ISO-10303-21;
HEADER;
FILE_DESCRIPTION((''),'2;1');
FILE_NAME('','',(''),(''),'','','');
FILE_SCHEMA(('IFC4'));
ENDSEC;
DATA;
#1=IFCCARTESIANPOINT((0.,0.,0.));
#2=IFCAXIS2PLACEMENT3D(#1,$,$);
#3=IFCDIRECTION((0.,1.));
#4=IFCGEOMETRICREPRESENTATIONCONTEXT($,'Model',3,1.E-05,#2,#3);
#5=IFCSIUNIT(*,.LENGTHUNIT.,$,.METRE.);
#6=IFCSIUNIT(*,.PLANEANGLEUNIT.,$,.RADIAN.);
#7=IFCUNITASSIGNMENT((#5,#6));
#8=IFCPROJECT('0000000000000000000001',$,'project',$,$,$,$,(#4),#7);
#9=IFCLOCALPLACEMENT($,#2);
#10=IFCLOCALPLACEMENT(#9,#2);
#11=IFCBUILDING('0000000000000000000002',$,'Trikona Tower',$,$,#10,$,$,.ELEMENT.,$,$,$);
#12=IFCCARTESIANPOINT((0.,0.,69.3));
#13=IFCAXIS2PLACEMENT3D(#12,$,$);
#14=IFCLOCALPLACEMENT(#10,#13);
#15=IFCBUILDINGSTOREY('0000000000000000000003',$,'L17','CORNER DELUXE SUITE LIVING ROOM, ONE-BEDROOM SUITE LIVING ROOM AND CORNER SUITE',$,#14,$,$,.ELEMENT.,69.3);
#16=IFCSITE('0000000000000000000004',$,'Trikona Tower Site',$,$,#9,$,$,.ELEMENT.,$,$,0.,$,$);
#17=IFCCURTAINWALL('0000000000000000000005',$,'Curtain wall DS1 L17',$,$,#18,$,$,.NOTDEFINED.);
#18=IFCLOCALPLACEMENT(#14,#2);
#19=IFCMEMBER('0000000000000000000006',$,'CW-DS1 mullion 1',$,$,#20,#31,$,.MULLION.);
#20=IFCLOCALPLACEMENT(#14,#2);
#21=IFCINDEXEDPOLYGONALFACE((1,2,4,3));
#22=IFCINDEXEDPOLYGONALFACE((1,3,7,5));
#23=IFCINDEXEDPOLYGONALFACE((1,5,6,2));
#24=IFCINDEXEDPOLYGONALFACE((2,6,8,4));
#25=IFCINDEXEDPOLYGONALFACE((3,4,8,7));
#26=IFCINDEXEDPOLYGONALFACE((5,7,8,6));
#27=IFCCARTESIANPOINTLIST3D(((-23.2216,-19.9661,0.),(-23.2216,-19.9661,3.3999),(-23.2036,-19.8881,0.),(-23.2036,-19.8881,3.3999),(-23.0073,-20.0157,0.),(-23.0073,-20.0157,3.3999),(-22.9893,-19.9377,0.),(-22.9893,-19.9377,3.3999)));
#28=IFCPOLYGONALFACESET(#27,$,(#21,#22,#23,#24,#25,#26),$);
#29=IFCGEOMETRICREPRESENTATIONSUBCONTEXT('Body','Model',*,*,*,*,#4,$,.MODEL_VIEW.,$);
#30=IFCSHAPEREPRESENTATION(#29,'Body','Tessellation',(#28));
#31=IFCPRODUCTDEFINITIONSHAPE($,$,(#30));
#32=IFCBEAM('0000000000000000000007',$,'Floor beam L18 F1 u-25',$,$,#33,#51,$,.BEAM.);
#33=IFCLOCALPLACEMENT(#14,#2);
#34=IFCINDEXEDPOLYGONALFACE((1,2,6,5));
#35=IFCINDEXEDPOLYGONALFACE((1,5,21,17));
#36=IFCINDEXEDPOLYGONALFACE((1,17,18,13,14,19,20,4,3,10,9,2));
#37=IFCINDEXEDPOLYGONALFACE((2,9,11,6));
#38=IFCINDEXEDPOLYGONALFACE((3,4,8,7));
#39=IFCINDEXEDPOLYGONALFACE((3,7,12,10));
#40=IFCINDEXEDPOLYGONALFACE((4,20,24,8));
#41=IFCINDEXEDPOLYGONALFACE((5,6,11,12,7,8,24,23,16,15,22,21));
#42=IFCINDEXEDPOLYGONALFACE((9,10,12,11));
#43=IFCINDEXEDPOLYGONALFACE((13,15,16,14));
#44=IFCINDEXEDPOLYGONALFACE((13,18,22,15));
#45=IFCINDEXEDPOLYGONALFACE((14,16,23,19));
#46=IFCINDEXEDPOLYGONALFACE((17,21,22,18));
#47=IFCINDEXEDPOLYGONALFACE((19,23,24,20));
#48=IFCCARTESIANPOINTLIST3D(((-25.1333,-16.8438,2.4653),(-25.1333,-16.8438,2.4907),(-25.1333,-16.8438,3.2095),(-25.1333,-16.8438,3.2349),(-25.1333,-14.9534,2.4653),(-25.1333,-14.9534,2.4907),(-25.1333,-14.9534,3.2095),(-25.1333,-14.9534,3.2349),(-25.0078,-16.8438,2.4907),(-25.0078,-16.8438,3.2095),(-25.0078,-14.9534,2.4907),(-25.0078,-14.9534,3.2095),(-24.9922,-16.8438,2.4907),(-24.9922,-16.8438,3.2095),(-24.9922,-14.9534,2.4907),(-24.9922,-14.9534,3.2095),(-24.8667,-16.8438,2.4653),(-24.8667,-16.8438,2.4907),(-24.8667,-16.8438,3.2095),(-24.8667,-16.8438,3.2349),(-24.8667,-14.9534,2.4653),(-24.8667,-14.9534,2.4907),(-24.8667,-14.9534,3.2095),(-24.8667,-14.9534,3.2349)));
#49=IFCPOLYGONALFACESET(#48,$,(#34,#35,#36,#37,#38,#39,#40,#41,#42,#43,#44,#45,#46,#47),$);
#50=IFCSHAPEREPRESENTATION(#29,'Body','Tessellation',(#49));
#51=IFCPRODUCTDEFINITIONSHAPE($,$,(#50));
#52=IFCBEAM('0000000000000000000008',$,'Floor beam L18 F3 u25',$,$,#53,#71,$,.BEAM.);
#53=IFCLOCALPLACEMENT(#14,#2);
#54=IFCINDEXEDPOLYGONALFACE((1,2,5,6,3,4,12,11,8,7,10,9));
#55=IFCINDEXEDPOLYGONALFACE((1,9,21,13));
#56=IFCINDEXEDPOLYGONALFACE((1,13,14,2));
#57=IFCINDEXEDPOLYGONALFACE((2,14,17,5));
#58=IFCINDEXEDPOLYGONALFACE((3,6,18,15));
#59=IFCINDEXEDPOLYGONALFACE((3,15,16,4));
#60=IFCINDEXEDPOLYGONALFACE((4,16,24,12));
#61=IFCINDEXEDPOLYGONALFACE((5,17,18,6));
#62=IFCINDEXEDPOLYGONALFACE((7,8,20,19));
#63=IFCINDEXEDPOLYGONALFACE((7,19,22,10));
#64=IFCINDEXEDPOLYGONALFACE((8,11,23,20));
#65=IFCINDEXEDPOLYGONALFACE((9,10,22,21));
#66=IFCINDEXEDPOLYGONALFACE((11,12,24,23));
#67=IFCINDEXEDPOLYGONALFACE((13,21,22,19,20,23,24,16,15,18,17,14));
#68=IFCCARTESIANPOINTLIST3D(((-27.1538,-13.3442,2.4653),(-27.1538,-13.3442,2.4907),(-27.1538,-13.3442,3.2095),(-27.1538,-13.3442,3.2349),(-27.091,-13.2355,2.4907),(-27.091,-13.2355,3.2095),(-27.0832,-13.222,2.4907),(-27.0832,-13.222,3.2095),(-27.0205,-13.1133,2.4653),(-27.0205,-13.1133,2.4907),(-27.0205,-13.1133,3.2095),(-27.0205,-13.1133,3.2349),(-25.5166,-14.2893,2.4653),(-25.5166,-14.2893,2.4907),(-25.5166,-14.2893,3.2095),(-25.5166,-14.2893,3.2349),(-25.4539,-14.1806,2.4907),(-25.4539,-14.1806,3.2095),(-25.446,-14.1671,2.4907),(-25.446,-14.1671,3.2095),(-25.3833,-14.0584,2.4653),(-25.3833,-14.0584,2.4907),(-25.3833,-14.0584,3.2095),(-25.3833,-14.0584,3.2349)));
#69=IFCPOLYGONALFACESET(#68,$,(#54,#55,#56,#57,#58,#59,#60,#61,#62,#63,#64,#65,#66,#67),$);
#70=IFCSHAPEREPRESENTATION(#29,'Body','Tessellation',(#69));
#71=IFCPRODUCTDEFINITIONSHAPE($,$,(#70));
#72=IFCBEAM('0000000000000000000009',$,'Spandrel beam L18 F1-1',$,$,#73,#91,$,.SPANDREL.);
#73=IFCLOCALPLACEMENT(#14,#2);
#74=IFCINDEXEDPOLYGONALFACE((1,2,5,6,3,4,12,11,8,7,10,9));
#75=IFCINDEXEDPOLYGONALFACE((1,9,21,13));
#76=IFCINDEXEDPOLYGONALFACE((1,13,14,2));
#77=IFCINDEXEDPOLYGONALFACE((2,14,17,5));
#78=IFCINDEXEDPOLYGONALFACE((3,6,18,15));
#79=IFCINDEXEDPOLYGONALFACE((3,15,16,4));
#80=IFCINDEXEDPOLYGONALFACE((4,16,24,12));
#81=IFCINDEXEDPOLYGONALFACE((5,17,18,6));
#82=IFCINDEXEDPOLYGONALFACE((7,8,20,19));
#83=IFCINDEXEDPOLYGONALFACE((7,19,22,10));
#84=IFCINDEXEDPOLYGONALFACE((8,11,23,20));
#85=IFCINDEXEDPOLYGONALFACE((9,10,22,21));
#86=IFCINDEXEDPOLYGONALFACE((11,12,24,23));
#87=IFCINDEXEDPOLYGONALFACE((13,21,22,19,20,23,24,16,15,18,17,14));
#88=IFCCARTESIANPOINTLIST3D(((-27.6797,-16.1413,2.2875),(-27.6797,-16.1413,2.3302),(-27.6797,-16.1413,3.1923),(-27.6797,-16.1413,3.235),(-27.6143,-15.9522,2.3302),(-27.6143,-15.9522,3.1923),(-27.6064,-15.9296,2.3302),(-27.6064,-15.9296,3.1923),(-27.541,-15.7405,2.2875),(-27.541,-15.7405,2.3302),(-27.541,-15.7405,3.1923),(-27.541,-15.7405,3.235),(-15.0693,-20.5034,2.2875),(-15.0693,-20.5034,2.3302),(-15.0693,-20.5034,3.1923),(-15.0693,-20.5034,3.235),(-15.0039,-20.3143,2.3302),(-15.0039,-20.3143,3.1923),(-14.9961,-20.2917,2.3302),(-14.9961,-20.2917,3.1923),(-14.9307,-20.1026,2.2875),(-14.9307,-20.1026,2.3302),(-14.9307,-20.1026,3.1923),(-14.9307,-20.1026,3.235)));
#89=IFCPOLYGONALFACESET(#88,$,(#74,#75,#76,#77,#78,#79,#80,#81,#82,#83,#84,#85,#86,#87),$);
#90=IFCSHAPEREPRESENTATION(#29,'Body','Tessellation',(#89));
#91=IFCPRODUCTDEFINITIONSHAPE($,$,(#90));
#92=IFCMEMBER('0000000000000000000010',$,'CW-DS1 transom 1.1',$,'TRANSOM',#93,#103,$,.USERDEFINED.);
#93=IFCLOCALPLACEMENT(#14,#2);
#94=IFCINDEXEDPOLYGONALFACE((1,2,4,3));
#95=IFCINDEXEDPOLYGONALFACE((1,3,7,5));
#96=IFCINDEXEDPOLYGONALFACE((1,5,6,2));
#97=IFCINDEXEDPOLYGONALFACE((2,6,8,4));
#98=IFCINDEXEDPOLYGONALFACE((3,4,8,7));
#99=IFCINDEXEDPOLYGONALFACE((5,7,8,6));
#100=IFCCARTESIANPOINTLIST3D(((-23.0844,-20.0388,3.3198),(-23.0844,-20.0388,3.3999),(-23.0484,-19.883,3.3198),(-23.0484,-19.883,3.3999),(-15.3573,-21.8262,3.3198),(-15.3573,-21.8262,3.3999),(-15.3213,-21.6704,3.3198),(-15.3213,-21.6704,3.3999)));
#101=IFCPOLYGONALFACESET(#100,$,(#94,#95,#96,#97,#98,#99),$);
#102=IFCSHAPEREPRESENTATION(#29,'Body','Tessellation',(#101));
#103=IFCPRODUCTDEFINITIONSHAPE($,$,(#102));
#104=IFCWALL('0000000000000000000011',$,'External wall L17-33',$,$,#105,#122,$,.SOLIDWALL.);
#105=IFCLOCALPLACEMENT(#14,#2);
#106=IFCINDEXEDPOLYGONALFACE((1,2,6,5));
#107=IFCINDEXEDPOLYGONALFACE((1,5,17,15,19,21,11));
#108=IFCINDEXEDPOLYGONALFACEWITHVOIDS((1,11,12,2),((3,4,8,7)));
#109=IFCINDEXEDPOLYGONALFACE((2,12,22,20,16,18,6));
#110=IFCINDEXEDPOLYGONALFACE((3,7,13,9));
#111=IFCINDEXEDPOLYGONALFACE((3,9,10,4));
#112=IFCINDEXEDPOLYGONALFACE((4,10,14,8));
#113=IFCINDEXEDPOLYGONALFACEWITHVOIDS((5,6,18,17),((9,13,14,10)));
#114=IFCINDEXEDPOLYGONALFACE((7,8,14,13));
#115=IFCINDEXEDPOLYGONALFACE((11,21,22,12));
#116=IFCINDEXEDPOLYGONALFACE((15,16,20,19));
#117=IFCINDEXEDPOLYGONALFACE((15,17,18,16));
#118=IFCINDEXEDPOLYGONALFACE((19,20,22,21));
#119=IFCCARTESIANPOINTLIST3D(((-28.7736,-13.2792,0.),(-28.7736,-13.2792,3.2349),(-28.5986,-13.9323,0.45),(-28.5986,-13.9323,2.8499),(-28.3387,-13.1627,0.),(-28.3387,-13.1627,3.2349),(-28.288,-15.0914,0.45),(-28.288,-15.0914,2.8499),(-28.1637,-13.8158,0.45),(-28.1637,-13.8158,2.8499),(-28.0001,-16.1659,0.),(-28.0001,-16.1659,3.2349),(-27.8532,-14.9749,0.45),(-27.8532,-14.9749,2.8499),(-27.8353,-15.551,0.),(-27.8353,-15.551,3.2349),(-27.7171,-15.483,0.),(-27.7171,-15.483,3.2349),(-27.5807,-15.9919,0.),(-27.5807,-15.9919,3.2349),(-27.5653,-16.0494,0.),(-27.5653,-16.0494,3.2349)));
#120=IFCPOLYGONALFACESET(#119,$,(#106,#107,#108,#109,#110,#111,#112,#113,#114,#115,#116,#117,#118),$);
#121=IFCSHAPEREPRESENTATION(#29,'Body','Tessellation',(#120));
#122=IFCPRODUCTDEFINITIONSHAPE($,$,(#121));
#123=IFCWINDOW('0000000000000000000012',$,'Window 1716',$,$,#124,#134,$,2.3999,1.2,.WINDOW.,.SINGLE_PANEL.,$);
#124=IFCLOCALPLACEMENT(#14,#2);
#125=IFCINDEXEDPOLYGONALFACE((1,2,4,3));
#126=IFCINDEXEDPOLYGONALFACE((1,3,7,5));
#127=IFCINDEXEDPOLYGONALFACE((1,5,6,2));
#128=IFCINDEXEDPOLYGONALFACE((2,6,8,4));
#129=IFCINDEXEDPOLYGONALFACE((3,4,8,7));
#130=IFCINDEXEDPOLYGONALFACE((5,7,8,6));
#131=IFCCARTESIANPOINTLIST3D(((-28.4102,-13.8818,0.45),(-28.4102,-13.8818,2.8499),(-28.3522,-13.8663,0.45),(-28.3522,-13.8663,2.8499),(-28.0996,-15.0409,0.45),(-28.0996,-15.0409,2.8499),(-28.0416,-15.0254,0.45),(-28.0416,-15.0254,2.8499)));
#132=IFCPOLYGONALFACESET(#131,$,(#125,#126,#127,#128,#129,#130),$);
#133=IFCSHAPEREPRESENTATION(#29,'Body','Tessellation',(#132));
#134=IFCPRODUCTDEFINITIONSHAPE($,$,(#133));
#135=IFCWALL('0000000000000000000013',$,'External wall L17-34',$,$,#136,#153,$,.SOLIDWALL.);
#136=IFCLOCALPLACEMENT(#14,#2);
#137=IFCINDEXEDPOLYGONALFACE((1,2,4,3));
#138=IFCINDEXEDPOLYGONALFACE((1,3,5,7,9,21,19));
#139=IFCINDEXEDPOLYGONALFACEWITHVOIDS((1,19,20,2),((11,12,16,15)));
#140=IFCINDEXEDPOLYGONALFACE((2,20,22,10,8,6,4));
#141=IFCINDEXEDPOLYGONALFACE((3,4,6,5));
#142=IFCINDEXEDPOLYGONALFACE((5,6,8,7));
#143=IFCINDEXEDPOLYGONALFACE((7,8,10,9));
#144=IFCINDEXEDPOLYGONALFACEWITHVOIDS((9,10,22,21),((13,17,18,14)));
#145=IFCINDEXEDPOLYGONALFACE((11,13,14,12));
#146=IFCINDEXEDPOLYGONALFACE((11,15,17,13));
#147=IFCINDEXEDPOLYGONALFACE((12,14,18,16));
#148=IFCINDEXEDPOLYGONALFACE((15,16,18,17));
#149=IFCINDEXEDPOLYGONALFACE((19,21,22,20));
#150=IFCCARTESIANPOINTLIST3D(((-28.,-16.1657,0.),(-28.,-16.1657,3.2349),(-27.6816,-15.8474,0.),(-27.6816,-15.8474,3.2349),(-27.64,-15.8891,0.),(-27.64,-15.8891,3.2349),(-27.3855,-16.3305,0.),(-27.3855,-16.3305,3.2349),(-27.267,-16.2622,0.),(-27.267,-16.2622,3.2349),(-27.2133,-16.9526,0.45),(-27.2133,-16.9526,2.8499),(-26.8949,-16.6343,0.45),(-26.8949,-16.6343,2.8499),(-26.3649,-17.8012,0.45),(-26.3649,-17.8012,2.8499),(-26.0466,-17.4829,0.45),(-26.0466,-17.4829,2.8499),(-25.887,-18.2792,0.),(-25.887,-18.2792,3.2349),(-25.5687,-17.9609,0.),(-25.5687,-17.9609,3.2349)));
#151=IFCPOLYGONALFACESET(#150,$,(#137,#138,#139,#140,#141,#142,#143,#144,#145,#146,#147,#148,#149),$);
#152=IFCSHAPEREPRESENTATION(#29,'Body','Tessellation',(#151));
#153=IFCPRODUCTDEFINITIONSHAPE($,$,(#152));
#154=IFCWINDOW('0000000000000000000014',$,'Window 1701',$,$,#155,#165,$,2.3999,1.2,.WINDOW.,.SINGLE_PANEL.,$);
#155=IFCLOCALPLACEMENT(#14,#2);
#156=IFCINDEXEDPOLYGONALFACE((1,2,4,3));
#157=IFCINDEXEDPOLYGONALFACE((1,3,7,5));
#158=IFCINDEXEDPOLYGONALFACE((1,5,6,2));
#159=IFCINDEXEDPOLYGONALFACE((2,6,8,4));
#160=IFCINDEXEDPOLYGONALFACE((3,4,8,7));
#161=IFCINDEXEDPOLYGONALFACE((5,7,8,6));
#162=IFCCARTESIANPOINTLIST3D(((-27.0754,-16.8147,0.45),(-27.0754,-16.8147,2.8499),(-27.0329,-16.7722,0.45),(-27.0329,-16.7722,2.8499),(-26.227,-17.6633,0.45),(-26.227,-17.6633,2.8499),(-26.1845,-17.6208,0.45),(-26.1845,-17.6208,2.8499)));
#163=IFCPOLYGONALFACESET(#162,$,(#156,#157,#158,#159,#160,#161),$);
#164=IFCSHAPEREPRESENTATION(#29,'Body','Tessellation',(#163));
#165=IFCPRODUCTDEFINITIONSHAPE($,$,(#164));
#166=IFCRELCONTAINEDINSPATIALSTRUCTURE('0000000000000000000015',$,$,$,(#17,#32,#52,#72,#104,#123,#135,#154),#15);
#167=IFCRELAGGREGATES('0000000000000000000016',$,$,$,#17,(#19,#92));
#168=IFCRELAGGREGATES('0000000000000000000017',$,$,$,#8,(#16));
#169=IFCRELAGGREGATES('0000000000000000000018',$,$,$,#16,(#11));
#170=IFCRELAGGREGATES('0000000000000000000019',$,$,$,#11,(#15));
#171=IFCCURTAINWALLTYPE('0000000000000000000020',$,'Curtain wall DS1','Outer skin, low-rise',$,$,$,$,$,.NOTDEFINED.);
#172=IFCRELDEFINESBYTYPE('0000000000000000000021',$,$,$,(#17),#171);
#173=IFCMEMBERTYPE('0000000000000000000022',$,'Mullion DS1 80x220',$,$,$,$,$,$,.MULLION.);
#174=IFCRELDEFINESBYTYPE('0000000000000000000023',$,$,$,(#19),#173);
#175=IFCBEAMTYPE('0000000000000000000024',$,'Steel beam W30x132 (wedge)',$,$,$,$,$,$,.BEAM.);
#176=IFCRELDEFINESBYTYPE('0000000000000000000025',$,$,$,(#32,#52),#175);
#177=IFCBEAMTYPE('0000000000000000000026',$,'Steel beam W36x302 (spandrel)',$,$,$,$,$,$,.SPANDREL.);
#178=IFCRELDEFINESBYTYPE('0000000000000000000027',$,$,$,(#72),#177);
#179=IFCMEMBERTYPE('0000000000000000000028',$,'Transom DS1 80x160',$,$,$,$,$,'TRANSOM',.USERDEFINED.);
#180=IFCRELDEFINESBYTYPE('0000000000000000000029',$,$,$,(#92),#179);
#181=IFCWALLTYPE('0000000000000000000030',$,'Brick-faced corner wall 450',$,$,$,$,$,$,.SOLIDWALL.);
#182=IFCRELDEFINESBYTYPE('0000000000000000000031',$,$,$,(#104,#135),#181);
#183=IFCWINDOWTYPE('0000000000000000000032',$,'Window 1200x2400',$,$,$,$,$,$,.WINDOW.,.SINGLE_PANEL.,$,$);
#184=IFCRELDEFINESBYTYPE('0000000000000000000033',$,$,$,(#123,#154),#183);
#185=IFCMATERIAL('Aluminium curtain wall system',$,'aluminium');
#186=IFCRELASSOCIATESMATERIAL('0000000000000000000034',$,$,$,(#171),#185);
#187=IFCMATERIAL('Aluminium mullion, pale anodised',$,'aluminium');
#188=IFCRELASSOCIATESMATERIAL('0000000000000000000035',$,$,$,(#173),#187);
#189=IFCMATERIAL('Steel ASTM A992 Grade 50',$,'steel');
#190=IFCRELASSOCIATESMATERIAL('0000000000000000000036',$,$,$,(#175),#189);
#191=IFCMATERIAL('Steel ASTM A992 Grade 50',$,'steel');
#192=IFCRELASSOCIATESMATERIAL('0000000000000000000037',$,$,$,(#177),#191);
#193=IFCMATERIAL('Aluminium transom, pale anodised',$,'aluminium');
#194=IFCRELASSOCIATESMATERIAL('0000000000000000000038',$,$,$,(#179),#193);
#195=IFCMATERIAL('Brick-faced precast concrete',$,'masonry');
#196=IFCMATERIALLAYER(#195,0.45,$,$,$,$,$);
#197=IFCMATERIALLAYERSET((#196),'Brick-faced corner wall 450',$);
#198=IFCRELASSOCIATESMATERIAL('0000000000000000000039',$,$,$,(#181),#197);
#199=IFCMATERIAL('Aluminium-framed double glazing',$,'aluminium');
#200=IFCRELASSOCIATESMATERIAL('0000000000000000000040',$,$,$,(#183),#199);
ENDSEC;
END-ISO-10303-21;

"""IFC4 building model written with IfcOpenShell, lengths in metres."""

from ifc_helpers import new_model, si_unit, direction, frame, frame_2d, origin, origin_2d, place, context, subcontext, project, spatial, polyline, rectangle, i_section, outline, extrude, material, layer, layer_set, material_profile, profile_set, type_object, element, fill, aggregate, save


model = new_model("IFC4")

# Units and contexts
model_context = context("Model", 3, precision=1e-05, world=origin(), true_north=direction((0.0, 1.0)))
body_context = subcontext(model_context, "Body", "Model", "MODEL_VIEW")
ifc_project = project(units=[si_unit("LENGTHUNIT", "METRE"), si_unit("PLANEANGLEUNIT", "RADIAN")], contexts=[model_context])

# Site, building, storey
site_placement = place(None, origin())
site = spatial("IfcSite", under=ifc_project, at=site_placement, Name="Trikona Tower Site", CompositionType="ELEMENT", RefElevation=0.0)
building_placement = place(site_placement, origin())
building = spatial("IfcBuilding", under=site, at=building_placement, Name="Trikona Tower", CompositionType="ELEMENT")
storey_placement = place(building_placement, frame((0.0, 0.0, 69.3)))
storey = spatial("IfcBuildingStorey", under=building, at=storey_placement, Name="L17", Description="CORNER DELUXE SUITE LIVING ROOM, ONE-BEDROOM SUITE LIVING ROOM AND CORNER SUITE", CompositionType="ELEMENT", Elevation=69.3)

# Curtain wall, member
ifc_material_1 = material(Name="Aluminium curtain wall system", Category="aluminium")
curtain_wall_type = type_object("IfcCurtainWallType", Name="Curtain wall DS1", Description="Outer skin, low-rise", PredefinedType="NOTDEFINED", material=ifc_material_1)
curtain_wall_placement = place(storey_placement, origin())
curtain_wall = element("IfcCurtainWall", 1, at=curtain_wall_placement, inside=storey, type_object=curtain_wall_type, Name="Curtain wall DS1 L17", PredefinedType="NOTDEFINED")
ifc_material_2 = material(Name="Aluminium mullion, pale anodised", Category="aluminium")
ifc_material_profile_1 = material_profile(ifc_material_2, rectangle(XDim=0.0801, YDim=0.22, at=origin_2d()), Name="MUL-DS1")
ifc_profile_set_1 = profile_set([ifc_material_profile_1], Name="Aluminium mullion, pale anodised")
member_type_1 = type_object("IfcMemberType", Name="Mullion DS1 80x220", PredefinedType="MULLION", material=ifc_profile_set_1)
member_1_placement = place(storey_placement, frame((-23.1055, -19.9519, 0.0), z_axis=(0.0, 0.0, 1.0), x_axis=(0.225343, 0.974279, 0.0)))
member_1 = element("IfcMember", 2, at=member_1_placement, type_object=member_type_1, Name="CW-DS1 mullion 1", PredefinedType="MULLION", context=body_context, shape_type="SweptSolid", body=[
    extrude(rectangle(XDim=0.0801, YDim=0.22, at=origin_2d()), origin(), (0.0, 0.0, 1.0), 3.3999),
])

# Beams
ifc_material_3 = material(Name="Steel ASTM A992 Grade 50", Category="steel")
ifc_material_profile_2 = material_profile(ifc_material_3, i_section(OverallWidth=0.2666, OverallDepth=0.7695, WebThickness=0.0156, FlangeThickness=0.0254, at=origin_2d()), Name="W30X132")
ifc_profile_set_2 = profile_set([ifc_material_profile_2], Name="Steel ASTM A992 Grade 50")
beam_type_1 = type_object("IfcBeamType", Name="Steel beam W30x132 (wedge)", PredefinedType="BEAM", material=ifc_profile_set_2)
for number, where, z_axis, x_axis, name in (
    (3, (-25.0, -14.9534, 2.8501), (0.0, -1.0, 0.0), (1.0, 0.0, 0.0), "Floor beam L18 F1 u-25"),
    (4, (-25.45, -14.1738, 2.8501), (-0.866065, 0.499931, 0.0), (-0.499931, -0.866065, 0.0), "Floor beam L18 F3 u25"),
):
    element("IfcBeam", number, at=place(storey_placement, frame(where, z_axis=z_axis, x_axis=x_axis)), inside=storey, type_object=beam_type_1, Name=name, PredefinedType="BEAM", context=body_context, shape_type="SweptSolid", body=[
        extrude(i_section(OverallWidth=0.2666, OverallDepth=0.7695, WebThickness=0.0156, FlangeThickness=0.0254, at=origin_2d()), origin(), (0.0, 0.0, 1.0), 1.8904),
    ])
ifc_material_4 = material(Name="Steel ASTM A992 Grade 50", Category="steel")
ifc_material_profile_3 = material_profile(ifc_material_4, i_section(OverallWidth=0.4241, OverallDepth=0.9475, WebThickness=0.0239, FlangeThickness=0.0427, at=origin_2d()), Name="W36X302")
ifc_profile_set_3 = profile_set([ifc_material_profile_3], Name="Steel ASTM A992 Grade 50")
beam_type_2 = type_object("IfcBeamType", Name="Steel beam W36x302 (spandrel)", PredefinedType="SPANDREL", material=ifc_profile_set_3)
beam_placement = place(storey_placement, frame((-27.6104, -15.9409, 2.7612), z_axis=(0.945057, -0.326906, 0.0), x_axis=(0.326906, 0.945057, 0.0)))
element("IfcBeam", 5, at=beam_placement, inside=storey, type_object=beam_type_2, Name="Spandrel beam L18 F1-1", PredefinedType="SPANDREL", context=body_context, shape_type="SweptSolid", body=[
    extrude(i_section(OverallWidth=0.4241, OverallDepth=0.9475, WebThickness=0.0239, FlangeThickness=0.0427, at=origin_2d()), origin(), (0.0, 0.0, 1.0), 13.3435),
])

# Member
ifc_material_5 = material(Name="Aluminium transom, pale anodised", Category="aluminium")
ifc_material_profile_4 = material_profile(ifc_material_5, rectangle(XDim=0.1599, YDim=0.0801, at=origin_2d()), Name="TRN-DS1")
ifc_profile_set_4 = profile_set([ifc_material_profile_4], Name="Aluminium transom, pale anodised")
member_type_2 = type_object("IfcMemberType", Name="Transom DS1 80x160", ElementType="TRANSOM", PredefinedType="USERDEFINED", material=ifc_profile_set_4)
member_2_placement = place(storey_placement, frame((-23.0664, -19.9609, 3.3599), z_axis=(0.974275, -0.225361, 0.0), x_axis=(0.225361, 0.974275, 0.0)))
member_2 = element("IfcMember", 6, at=member_2_placement, type_object=member_type_2, Name="CW-DS1 transom 1.1", ObjectType="TRANSOM", PredefinedType="USERDEFINED", context=body_context, shape_type="SweptSolid", body=[
    extrude(rectangle(XDim=0.1599, YDim=0.0801, at=origin_2d()), origin(), (0.0, 0.0, 1.0), 7.9312),
])
aggregate(curtain_wall, [member_1, member_2])

# Walls, openings, windows
ifc_material_6 = material(Name="Brick-faced precast concrete", Category="masonry")
ifc_layer_1 = layer(ifc_material_6, 0.45)
ifc_layer_set_1 = layer_set([ifc_layer_1], Name="Brick-faced corner wall 450")
wall_type_1 = type_object("IfcWallType", Name="Brick-faced corner wall 450", PredefinedType="SOLIDWALL", material=ifc_layer_set_1)
wall_1_placement = place(storey_placement, frame((-28.5562, -13.2209, 0.0), z_axis=(0.0, 0.0, 1.0), x_axis=(0.258801, -0.965931, 0.0)))
wall_1 = element("IfcWall", 7, at=wall_1_placement, inside=storey, type_object=wall_type_1, Name="External wall L17-33", PredefinedType="SOLIDWALL", context=body_context, shape_type="SweptSolid", body=[
    extrude(outline(polyline([(2.9885, 0.2251), (2.929, 0.2251), (2.4373, 0.0933), (2.4021, 0.2251), (0.0, 0.2251), (0.0, -0.2251), (2.9885, -0.2251), (2.9885, 0.2251)])), origin(), (0.0, 0.0, 1.0), 3.2349),
])
opening_1_placement = place(wall_1_placement, frame((0.676, 0.0, 0.45)))
opening_1 = element("IfcOpeningElement", 8, at=opening_1_placement, cuts=wall_1, PredefinedType="OPENING", context=body_context, shape_type="SweptSolid", body=[
    extrude(rectangle(XDim=1.2, YDim=2.3999, at=frame_2d((0.6001, 1.2))), frame((0.0, 0.2349, 0.0), z_axis=(0.0, -1.0, 0.0), x_axis=(1.0, 0.0, 0.0)), (0.0, 0.0, 1.0), 0.47),
])
ifc_material_7 = material(Name="Aluminium-framed double glazing", Category="aluminium")
window_type_1 = type_object("IfcWindowType", Name="Window 1200x2400", PartitioningType="SINGLE_PANEL", PredefinedType="WINDOW", material=ifc_material_7)
window_1_placement = place(opening_1_placement, origin())
window_1 = element("IfcWindow", 9, at=window_1_placement, inside=storey, type_object=window_type_1, Name="Window 1716", OverallHeight=2.3999, OverallWidth=1.2, PartitioningType="SINGLE_PANEL", PredefinedType="WINDOW", context=body_context, shape_type="SweptSolid", body=[
    extrude(rectangle(XDim=1.2, YDim=2.3999, at=frame_2d((0.6001, 1.2))), frame((0.0, 0.03, 0.0), z_axis=(0.0, -1.0, 0.0), x_axis=(1.0, 0.0, 0.0)), (0.0, 0.0, 1.0), 0.0601),
])
fill(opening_1, window_1)
wall_2_placement = place(storey_placement, frame((-27.8408, -16.0066, 0.0), z_axis=(0.0, 0.0, 1.0), x_axis=(0.707025, -0.707188, 0.0)))
wall_2 = element("IfcWall", 10, at=wall_2_placement, inside=storey, type_object=wall_type_1, Name="External wall L17-34", PredefinedType="SOLIDWALL", context=body_context, shape_type="SweptSolid", body=[
    extrude(outline(polyline([(2.9885, 0.2251), (0.5864, 0.2251), (0.551, 0.093), (0.0588, 0.2251), (0.0, 0.2251), (0.0, -0.2251), (2.9885, -0.2251), (2.9885, 0.2251)])), origin(), (0.0, 0.0, 1.0), 3.2349),
])
opening_2_placement = place(wall_2_placement, frame((1.1125, 0.0, 0.45)))
opening_2 = element("IfcOpeningElement", 11, at=opening_2_placement, cuts=wall_2, PredefinedType="OPENING", context=body_context, shape_type="SweptSolid", body=[
    extrude(rectangle(XDim=1.2, YDim=2.3999, at=frame_2d((0.6001, 1.2))), frame((0.0, 0.2349, 0.0), z_axis=(0.0, -1.0, 0.0), x_axis=(1.0, 0.0, 0.0)), (0.0, 0.0, 1.0), 0.47),
])
window_2_placement = place(opening_2_placement, origin())
window_2 = element("IfcWindow", 12, at=window_2_placement, inside=storey, type_object=window_type_1, Name="Window 1701", OverallHeight=2.3999, OverallWidth=1.2, PartitioningType="SINGLE_PANEL", PredefinedType="WINDOW", context=body_context, shape_type="SweptSolid", body=[
    extrude(rectangle(XDim=1.2, YDim=2.3999, at=frame_2d((0.6001, 1.2))), frame((0.0, 0.03, 0.0), z_axis=(0.0, -1.0, 0.0), x_axis=(1.0, 0.0, 0.0)), (0.0, 0.0, 1.0), 0.0601),
])
fill(opening_2, window_2)

save(model, "model.ifc")
